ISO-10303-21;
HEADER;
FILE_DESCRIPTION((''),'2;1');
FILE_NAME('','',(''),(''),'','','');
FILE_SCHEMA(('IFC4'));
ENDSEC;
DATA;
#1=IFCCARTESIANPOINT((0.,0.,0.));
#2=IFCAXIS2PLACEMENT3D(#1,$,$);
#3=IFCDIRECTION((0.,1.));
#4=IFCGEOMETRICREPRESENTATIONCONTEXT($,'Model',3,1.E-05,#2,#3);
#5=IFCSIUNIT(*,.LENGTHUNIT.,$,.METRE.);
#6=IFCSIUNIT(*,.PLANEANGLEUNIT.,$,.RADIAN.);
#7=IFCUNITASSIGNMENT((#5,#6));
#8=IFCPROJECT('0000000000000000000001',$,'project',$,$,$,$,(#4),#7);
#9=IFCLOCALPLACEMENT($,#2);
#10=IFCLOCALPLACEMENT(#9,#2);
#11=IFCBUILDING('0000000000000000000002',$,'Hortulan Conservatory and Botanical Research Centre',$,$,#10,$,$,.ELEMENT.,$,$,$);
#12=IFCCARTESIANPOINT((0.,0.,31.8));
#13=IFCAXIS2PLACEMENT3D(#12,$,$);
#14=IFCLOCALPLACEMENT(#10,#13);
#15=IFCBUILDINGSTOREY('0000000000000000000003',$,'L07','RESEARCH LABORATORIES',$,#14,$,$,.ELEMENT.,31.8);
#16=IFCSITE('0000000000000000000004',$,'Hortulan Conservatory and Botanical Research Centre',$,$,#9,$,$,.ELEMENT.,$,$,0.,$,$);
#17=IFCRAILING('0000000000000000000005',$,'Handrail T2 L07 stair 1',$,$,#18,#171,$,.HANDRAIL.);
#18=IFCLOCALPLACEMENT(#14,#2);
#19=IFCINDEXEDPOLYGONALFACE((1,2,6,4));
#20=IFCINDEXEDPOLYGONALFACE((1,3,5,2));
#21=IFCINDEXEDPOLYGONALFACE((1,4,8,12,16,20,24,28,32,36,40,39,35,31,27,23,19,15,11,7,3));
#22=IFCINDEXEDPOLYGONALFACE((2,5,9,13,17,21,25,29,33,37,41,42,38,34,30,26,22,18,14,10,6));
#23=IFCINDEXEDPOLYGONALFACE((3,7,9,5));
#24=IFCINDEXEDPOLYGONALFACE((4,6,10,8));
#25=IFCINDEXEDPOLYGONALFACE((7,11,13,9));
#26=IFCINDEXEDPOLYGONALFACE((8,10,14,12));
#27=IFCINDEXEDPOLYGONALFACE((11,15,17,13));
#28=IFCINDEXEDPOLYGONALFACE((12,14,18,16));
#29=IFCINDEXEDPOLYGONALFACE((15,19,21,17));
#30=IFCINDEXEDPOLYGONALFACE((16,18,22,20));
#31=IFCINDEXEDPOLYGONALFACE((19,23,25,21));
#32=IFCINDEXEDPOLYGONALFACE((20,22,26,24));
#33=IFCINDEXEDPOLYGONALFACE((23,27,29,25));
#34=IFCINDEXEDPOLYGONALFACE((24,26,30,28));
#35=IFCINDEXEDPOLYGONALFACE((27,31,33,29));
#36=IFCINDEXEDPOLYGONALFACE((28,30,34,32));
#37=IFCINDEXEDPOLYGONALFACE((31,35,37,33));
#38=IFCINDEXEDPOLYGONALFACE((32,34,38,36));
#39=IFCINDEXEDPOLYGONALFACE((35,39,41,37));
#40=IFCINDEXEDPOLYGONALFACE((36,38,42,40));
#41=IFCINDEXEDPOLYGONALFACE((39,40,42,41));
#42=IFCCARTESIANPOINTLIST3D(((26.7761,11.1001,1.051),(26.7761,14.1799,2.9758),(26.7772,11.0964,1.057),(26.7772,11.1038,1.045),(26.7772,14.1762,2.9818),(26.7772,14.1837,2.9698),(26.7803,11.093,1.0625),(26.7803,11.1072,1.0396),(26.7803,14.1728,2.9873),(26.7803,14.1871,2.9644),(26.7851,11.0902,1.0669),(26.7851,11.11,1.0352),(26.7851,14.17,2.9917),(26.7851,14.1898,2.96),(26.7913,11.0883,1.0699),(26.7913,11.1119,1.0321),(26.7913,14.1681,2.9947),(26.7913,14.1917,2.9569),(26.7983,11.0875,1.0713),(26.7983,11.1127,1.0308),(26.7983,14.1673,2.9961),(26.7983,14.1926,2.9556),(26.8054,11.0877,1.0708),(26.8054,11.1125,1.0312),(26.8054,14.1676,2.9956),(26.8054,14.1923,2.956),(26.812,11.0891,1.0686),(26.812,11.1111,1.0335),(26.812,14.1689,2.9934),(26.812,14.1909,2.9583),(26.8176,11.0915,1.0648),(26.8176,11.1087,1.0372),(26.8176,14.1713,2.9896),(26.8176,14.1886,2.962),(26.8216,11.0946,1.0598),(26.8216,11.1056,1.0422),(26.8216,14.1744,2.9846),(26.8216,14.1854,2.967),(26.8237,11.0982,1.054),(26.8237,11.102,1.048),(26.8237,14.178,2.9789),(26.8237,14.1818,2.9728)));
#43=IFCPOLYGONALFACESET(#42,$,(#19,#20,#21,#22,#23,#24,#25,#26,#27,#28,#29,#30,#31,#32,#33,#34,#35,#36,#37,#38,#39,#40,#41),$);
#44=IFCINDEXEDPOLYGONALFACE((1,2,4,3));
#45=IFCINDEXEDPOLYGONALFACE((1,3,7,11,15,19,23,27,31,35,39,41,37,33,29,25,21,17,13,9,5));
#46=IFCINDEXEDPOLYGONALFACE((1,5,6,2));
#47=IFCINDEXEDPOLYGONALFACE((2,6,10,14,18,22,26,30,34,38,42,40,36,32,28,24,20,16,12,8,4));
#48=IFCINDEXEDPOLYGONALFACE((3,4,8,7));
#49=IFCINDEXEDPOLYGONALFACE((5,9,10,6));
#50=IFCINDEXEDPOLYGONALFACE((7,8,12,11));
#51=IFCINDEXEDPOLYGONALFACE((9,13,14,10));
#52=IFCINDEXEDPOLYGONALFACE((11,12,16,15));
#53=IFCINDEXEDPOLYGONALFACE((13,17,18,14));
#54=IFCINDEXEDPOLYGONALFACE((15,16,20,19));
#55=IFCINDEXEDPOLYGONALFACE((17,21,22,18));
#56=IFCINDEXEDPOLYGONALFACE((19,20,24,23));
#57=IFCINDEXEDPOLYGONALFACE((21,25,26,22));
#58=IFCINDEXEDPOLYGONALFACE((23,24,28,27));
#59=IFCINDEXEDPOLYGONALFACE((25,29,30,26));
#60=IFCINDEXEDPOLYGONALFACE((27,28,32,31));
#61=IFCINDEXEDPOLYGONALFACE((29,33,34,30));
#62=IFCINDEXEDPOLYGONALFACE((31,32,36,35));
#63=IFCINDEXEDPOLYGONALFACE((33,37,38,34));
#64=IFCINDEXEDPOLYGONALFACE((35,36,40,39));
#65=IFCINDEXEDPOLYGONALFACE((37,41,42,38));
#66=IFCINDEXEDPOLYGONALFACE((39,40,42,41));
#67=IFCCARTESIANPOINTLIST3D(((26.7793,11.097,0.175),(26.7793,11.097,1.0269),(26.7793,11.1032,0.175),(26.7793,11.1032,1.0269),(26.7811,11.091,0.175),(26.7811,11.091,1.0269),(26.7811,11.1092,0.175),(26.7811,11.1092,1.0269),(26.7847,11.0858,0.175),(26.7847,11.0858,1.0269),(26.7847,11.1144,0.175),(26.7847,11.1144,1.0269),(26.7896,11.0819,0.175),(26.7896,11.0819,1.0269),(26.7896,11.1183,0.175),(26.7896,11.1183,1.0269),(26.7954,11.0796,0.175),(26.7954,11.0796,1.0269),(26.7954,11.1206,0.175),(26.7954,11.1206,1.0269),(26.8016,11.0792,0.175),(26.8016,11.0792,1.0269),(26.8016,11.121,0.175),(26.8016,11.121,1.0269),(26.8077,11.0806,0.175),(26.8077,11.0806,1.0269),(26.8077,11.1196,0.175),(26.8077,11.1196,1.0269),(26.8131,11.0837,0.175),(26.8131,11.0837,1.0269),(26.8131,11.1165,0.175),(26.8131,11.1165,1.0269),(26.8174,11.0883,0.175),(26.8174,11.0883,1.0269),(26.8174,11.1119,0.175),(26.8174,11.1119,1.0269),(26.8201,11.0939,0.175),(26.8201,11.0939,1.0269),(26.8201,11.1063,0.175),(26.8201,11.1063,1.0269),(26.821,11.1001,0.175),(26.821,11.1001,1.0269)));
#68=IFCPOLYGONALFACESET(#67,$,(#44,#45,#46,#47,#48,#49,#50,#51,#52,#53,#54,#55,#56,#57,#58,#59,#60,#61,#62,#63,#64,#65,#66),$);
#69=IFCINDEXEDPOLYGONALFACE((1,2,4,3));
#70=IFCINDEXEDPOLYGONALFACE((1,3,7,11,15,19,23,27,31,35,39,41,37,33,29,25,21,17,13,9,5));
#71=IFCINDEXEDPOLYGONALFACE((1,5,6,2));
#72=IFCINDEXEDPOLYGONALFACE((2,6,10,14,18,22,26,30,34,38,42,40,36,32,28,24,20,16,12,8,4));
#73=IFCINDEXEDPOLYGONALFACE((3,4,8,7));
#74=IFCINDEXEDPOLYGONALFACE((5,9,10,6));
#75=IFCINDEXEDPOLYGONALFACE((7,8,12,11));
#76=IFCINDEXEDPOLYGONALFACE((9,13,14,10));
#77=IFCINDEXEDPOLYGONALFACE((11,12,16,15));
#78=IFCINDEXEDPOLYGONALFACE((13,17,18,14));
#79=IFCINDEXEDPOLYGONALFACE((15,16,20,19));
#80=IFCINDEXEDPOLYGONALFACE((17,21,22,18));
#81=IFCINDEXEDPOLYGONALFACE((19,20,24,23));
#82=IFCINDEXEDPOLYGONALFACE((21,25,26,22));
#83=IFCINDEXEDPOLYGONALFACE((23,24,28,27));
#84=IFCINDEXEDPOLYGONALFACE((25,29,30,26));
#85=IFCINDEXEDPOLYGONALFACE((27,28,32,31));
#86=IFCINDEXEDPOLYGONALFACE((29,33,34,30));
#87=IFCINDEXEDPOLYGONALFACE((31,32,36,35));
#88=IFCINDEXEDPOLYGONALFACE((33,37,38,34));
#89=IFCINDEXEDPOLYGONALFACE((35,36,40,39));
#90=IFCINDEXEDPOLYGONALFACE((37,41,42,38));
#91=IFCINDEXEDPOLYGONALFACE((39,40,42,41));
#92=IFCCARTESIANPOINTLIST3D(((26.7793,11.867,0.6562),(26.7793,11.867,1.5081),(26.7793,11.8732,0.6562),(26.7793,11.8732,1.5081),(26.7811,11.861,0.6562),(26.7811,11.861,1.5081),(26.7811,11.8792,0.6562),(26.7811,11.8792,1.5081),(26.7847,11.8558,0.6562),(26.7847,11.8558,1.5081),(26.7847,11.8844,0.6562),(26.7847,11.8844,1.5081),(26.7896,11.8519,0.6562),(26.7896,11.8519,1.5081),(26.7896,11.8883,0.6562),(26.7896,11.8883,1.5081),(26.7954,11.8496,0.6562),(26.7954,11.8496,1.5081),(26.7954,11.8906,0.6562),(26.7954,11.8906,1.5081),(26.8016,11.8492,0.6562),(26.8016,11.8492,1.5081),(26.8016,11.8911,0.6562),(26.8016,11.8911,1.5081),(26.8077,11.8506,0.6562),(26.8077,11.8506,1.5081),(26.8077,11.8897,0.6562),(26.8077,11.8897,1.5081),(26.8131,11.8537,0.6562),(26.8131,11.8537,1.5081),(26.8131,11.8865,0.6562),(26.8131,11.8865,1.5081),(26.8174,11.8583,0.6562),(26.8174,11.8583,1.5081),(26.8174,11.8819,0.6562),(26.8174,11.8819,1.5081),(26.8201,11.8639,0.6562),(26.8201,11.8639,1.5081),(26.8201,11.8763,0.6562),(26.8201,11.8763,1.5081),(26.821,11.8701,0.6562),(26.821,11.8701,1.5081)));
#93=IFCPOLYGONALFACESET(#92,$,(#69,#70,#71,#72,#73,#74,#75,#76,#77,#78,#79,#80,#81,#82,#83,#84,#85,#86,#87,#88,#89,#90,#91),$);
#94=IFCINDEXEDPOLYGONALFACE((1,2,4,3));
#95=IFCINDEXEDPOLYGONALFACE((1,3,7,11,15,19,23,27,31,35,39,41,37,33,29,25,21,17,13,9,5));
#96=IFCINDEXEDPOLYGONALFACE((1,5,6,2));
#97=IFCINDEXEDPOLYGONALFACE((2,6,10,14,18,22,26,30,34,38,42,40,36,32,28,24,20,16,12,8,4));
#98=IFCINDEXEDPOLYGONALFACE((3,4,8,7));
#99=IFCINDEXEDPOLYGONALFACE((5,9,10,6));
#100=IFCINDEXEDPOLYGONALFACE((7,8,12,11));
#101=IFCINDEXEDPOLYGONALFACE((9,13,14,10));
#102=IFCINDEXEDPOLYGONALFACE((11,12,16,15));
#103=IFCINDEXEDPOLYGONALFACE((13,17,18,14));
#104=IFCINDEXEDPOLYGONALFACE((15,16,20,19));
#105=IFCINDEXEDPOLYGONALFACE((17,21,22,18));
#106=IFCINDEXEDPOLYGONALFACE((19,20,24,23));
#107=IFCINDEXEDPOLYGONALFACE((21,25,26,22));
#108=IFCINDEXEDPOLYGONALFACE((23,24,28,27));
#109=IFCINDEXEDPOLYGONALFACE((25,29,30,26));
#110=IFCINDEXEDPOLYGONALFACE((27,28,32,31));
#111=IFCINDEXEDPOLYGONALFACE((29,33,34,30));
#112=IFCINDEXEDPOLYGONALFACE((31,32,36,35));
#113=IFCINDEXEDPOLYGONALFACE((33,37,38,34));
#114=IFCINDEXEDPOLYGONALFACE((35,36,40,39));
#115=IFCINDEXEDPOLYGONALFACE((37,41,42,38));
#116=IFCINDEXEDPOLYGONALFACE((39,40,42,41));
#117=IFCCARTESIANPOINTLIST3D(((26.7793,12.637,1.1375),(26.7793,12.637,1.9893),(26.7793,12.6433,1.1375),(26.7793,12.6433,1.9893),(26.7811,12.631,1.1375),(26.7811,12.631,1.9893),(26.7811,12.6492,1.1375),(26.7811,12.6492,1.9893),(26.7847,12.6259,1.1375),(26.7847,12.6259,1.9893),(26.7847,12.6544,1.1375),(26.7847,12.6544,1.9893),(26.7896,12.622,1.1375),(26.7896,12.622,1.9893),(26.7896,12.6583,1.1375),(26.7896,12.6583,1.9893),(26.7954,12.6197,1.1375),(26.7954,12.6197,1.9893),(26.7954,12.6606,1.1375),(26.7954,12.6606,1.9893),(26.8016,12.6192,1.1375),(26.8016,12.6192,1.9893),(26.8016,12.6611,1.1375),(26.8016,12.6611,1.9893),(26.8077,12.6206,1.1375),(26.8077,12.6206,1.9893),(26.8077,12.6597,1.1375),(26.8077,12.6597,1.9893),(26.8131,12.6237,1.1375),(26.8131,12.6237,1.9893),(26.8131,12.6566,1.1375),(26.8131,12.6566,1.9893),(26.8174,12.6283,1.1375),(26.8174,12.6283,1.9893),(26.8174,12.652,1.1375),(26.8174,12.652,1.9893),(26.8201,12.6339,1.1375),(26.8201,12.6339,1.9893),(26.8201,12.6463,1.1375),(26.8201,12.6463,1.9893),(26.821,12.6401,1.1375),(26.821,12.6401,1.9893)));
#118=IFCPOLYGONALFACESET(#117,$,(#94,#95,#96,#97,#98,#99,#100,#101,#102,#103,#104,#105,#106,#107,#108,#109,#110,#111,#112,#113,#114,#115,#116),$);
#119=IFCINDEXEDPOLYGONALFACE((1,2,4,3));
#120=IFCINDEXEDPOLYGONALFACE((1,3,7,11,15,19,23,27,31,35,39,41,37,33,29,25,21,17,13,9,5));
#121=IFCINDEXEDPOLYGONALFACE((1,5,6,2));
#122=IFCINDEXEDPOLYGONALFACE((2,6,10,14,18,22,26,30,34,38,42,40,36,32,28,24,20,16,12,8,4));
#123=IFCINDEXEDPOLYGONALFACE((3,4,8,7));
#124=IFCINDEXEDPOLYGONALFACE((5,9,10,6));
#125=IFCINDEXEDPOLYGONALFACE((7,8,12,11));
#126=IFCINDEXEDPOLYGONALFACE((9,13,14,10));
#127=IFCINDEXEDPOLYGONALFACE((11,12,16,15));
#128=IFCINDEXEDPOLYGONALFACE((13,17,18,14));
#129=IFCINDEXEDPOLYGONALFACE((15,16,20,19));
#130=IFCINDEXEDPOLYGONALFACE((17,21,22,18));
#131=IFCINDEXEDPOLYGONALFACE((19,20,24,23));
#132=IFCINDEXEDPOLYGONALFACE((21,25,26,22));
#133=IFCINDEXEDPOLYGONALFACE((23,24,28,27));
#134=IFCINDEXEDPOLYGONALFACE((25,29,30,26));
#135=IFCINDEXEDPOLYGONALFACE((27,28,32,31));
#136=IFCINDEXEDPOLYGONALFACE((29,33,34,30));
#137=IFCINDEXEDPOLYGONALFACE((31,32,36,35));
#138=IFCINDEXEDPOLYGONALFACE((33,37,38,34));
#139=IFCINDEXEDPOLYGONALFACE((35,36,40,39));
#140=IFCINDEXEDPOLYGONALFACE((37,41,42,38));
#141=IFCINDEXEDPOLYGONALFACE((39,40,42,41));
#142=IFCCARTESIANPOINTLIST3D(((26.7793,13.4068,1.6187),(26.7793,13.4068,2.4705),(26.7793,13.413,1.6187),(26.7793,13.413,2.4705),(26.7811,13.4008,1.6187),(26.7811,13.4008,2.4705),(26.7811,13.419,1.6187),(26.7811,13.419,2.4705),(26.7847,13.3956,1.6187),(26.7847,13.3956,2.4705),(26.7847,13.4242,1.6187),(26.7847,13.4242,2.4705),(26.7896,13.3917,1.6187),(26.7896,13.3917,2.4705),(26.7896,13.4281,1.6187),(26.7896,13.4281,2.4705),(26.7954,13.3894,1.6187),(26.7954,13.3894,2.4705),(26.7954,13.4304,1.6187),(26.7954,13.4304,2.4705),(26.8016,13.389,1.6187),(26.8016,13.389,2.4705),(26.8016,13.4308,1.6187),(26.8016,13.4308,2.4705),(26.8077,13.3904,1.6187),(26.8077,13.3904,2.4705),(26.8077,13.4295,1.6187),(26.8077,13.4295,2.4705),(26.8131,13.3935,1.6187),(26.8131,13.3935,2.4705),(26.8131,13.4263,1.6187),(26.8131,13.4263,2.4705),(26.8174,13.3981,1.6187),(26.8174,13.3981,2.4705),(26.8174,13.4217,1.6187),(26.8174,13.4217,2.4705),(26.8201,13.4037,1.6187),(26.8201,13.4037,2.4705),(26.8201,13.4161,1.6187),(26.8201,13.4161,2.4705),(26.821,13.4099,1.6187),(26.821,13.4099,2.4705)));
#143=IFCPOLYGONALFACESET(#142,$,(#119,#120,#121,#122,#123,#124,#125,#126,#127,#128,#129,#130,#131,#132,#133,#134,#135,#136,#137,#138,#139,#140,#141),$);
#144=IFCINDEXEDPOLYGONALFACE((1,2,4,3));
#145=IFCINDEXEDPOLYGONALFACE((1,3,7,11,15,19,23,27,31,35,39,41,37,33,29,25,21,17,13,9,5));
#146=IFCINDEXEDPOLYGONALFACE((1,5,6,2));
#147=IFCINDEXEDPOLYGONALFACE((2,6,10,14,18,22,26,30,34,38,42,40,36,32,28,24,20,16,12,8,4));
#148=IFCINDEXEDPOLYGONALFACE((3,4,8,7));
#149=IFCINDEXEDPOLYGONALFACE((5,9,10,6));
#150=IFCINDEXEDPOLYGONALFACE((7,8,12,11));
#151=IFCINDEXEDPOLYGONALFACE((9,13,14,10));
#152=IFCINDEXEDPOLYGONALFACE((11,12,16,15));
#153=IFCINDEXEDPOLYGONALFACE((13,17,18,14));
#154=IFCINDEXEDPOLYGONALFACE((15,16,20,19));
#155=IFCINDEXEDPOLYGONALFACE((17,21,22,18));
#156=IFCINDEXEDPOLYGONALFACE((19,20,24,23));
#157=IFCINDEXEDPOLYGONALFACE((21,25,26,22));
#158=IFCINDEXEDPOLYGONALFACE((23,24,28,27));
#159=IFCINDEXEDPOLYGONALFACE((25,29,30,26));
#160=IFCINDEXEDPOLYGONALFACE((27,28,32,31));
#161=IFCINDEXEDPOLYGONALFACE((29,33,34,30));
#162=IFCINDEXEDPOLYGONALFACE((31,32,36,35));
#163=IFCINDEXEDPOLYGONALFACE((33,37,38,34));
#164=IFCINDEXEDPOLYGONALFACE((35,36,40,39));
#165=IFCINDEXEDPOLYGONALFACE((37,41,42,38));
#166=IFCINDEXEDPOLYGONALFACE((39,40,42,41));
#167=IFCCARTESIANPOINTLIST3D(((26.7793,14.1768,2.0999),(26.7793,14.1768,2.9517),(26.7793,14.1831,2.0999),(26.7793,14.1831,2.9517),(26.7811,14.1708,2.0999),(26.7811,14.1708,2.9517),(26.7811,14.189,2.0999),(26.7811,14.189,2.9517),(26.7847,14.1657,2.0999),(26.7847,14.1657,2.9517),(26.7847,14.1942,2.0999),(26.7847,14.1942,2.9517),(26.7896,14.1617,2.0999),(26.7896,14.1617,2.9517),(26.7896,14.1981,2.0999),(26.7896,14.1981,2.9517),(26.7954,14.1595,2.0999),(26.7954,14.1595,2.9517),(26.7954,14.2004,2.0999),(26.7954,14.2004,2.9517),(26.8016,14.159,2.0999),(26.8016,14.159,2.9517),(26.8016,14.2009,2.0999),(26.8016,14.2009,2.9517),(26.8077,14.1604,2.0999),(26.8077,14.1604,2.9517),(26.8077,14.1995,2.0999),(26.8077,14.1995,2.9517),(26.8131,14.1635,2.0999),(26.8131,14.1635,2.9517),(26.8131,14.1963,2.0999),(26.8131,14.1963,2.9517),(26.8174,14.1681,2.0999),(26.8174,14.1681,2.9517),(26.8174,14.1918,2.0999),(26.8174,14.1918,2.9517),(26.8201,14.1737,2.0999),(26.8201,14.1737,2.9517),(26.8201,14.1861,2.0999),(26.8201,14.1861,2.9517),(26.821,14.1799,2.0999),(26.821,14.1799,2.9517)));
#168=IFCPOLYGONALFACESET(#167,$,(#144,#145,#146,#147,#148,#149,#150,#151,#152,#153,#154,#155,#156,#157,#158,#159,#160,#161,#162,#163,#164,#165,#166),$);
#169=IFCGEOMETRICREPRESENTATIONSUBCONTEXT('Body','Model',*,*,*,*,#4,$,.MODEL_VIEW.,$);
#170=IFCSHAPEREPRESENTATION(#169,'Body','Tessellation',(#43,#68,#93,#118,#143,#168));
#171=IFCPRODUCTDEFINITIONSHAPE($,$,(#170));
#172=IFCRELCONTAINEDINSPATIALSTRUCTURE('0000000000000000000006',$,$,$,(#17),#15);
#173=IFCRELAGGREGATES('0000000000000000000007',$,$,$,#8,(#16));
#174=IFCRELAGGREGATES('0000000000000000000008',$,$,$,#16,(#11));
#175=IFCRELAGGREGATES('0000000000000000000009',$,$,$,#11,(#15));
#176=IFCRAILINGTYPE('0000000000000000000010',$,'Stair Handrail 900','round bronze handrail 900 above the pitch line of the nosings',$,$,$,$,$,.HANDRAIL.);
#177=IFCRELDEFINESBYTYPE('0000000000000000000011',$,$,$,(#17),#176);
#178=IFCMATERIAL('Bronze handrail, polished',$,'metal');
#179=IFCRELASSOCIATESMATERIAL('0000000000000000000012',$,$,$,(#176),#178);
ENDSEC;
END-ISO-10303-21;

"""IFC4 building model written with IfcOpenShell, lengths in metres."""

from ifc_helpers import new_model, si_unit, direction, frame, origin, origin_2d, place, context, subcontext, project, spatial, circle, extrude, material, type_object, element, save


model = new_model("IFC4")

# Units and contexts
model_context = context("Model", 3, precision=1e-05, world=origin(), true_north=direction((0.0, 1.0)))
body_context = subcontext(model_context, "Body", "Model", "MODEL_VIEW")
ifc_project = project(units=[si_unit("LENGTHUNIT", "METRE"), si_unit("PLANEANGLEUNIT", "RADIAN")], contexts=[model_context])

# Site, building, storey
site_placement = place(None, origin())
site = spatial("IfcSite", under=ifc_project, at=site_placement, Name="Hortulan Conservatory and Botanical Research Centre", CompositionType="ELEMENT", RefElevation=0.0)
building_placement = place(site_placement, origin())
building = spatial("IfcBuilding", under=site, at=building_placement, Name="Hortulan Conservatory and Botanical Research Centre", CompositionType="ELEMENT")
storey_placement = place(building_placement, frame((0.0, 0.0, 31.8)))
storey = spatial("IfcBuildingStorey", under=building, at=storey_placement, Name="L07", Description="RESEARCH LABORATORIES", CompositionType="ELEMENT", Elevation=31.8)

# Railing
ifc_material_1 = material(Name="Bronze handrail, polished", Category="metal")
railing_type = type_object("IfcRailingType", Name="Stair Handrail 900", Description="round bronze handrail 900 above the pitch line of the nosings", PredefinedType="HANDRAIL", material=ifc_material_1)
for number, where, name in (
    (1, (26.8, 11.1001, 0.175), "Handrail T2 L07 stair 1"),
):
    element("IfcRailing", number, at=place(storey_placement, frame(where)), inside=storey, type_object=railing_type, Name=name, PredefinedType="HANDRAIL", context=body_context, shape_type="SweptSolid", body=[
        extrude(circle(Radius=0.0239, at=origin_2d()), frame((0.0, 0.0, 0.876), z_axis=(0.0, 0.84801, 0.529981), x_axis=(-1.0, 0.0, 0.0)), (0.0, 0.0, 1.0), 3.6318),
        extrude(circle(Radius=0.021, at=origin_2d()), origin(), (0.0, 0.0, 1.0), 0.8518),
        extrude(circle(Radius=0.021, at=origin_2d()), frame((0.0, 0.77, 0.4812)), (0.0, 0.0, 1.0), 0.8518),
        extrude(circle(Radius=0.021, at=origin_2d()), frame((0.0, 1.54, 0.9624)), (0.0, 0.0, 1.0), 0.8518),
        extrude(circle(Radius=0.021, at=origin_2d()), frame((0.0, 2.3098, 1.4436)), (0.0, 0.0, 1.0), 0.8518),
        extrude(circle(Radius=0.021, at=origin_2d()), frame((0.0, 3.0798, 1.9248)), (0.0, 0.0, 1.0), 0.8518),
    ])

save(model, "model.ifc")
